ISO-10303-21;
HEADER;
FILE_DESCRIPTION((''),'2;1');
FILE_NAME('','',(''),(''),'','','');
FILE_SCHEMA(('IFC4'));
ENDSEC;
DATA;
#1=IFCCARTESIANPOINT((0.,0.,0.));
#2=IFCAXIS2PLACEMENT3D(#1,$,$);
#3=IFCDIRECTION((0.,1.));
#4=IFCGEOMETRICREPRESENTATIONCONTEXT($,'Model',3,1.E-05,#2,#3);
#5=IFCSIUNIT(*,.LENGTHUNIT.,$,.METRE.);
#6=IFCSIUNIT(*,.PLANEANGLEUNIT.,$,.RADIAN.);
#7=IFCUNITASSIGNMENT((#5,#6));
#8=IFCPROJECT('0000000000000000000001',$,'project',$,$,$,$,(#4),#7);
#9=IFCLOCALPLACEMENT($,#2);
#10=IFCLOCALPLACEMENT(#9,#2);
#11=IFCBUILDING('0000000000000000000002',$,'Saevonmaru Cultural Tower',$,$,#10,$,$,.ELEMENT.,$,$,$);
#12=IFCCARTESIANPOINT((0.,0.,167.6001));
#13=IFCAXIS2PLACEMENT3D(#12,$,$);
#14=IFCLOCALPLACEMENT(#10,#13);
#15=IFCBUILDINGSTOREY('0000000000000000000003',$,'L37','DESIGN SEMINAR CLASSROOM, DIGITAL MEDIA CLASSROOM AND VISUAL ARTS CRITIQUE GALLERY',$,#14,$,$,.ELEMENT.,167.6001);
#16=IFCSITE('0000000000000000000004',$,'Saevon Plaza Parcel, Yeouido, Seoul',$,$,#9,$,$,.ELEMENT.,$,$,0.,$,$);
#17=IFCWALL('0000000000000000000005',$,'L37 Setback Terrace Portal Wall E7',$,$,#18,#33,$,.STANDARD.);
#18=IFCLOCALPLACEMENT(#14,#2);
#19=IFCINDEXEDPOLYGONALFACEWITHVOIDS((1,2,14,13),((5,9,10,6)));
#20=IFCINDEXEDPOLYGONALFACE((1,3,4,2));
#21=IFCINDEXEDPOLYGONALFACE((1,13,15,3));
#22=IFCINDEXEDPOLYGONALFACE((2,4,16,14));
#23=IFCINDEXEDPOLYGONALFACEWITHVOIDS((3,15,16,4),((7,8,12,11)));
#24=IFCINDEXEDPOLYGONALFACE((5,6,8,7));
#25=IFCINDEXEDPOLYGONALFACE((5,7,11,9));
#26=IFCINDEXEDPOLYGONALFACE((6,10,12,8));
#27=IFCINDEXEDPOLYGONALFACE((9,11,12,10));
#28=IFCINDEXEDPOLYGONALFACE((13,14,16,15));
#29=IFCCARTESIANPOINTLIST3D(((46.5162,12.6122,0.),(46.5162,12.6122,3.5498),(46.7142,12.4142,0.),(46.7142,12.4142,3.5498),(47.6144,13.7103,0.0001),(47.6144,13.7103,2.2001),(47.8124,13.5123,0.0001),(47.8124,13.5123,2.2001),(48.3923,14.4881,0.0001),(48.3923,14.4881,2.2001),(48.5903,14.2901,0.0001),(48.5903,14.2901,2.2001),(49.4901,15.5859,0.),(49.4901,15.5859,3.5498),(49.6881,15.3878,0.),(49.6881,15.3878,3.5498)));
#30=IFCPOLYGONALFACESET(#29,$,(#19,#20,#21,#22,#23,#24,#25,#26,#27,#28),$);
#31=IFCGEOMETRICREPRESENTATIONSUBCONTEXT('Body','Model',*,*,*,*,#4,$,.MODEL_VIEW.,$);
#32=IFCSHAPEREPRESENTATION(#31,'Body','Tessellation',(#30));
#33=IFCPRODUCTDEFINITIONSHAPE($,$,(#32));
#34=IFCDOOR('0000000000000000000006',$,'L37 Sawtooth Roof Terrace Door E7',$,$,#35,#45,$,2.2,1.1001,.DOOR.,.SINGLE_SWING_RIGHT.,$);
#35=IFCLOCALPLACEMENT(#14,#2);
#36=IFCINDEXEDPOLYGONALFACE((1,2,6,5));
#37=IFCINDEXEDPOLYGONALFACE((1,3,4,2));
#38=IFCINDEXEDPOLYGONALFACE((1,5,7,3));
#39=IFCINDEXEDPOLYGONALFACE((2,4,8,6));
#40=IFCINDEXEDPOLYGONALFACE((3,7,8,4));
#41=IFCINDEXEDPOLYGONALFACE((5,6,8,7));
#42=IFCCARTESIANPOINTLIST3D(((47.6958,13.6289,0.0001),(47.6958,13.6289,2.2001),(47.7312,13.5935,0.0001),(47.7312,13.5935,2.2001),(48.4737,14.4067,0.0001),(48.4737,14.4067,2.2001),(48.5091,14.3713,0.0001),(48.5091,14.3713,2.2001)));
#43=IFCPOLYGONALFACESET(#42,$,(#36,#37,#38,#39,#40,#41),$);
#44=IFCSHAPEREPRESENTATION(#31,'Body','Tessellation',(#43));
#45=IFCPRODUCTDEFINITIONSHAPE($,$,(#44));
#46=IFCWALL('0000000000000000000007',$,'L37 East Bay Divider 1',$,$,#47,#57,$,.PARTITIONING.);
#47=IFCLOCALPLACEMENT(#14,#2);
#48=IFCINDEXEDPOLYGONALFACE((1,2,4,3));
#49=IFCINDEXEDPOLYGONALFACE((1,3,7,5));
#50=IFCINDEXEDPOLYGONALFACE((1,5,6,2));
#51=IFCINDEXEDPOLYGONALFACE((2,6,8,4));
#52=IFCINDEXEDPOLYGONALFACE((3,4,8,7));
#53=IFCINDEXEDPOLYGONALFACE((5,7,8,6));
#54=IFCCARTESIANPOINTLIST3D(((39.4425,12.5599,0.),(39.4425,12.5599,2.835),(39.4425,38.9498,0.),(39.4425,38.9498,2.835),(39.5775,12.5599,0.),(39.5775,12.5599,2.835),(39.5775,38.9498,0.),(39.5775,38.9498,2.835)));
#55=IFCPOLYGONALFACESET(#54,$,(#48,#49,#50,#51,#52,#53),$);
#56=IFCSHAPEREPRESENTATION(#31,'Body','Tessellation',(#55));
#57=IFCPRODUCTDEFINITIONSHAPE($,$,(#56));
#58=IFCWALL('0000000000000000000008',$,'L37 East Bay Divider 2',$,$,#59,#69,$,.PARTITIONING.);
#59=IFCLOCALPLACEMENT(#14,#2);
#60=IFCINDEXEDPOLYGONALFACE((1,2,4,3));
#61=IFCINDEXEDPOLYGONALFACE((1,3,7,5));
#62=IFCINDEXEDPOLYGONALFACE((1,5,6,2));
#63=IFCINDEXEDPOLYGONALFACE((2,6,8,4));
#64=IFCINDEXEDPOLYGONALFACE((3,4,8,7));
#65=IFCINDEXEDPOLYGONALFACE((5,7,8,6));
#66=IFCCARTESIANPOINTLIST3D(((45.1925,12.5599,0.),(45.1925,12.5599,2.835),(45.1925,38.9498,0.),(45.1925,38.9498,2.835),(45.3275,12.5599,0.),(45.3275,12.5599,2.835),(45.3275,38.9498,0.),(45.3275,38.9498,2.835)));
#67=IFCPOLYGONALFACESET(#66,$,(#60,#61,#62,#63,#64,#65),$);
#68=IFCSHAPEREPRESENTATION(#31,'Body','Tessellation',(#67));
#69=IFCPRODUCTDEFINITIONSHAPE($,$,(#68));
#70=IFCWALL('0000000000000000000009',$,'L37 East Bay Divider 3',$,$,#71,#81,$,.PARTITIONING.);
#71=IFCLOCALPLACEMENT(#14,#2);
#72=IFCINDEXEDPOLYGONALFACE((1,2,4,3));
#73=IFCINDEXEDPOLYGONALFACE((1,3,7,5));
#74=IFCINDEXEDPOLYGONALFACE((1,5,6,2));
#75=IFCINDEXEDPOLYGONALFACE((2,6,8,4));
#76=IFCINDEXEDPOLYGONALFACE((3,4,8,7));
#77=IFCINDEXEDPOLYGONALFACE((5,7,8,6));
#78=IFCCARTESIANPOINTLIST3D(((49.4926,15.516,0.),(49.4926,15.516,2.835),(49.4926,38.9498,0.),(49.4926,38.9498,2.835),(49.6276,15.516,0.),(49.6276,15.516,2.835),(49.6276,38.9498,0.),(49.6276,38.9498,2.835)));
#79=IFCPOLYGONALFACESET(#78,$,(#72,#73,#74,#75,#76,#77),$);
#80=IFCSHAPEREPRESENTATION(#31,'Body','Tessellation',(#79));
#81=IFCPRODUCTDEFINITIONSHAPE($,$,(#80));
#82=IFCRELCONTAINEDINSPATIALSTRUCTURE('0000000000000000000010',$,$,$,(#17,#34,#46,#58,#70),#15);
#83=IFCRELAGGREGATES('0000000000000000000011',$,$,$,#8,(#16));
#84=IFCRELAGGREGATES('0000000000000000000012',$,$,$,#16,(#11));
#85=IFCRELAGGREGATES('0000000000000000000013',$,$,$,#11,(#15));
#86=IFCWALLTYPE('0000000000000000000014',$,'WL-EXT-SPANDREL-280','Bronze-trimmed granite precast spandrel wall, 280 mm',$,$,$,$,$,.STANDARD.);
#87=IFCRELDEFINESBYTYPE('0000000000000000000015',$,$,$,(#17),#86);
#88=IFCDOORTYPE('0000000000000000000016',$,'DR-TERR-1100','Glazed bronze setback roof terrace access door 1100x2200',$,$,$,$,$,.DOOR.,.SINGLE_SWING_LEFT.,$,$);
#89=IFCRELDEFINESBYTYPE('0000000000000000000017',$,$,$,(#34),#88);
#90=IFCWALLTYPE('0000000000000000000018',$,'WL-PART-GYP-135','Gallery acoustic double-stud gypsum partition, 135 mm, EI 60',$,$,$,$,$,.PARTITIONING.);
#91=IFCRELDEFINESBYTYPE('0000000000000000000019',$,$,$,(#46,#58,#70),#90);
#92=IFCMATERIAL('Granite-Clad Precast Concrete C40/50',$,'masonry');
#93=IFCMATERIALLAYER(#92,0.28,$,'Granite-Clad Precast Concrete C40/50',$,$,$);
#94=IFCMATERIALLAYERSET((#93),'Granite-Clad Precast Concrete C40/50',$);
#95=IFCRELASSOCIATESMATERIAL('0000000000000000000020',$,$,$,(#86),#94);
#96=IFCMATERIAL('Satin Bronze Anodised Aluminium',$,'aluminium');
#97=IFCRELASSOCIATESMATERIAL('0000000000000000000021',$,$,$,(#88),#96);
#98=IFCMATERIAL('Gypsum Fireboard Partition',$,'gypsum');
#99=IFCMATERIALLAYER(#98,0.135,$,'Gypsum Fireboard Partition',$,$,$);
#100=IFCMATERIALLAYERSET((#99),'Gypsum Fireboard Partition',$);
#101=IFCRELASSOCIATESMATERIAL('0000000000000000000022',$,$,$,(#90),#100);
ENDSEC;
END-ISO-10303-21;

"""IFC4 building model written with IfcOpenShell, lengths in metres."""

from ifc_helpers import new_model, si_unit, direction, frame, frame_2d, origin, place, context, subcontext, project, spatial, rectangle, extrude, material, layer, layer_set, type_object, element, fill, save


model = new_model("IFC4")

# Units and contexts
model_context = context("Model", 3, precision=1e-05, world=origin(), true_north=direction((0.0, 1.0)))
body_context = subcontext(model_context, "Body", "Model", "MODEL_VIEW")
ifc_project = project(units=[si_unit("LENGTHUNIT", "METRE"), si_unit("PLANEANGLEUNIT", "RADIAN")], contexts=[model_context])

# Site, building, storey
site_placement = place(None, origin())
site = spatial("IfcSite", under=ifc_project, at=site_placement, Name="Saevon Plaza Parcel, Yeouido, Seoul", CompositionType="ELEMENT", RefElevation=0.0)
building_placement = place(site_placement, origin())
building = spatial("IfcBuilding", under=site, at=building_placement, Name="Saevonmaru Cultural Tower", CompositionType="ELEMENT")
storey_placement = place(building_placement, frame((0.0, 0.0, 167.6001)))
storey = spatial("IfcBuildingStorey", under=building, at=storey_placement, Name="L37", Description="DESIGN SEMINAR CLASSROOM, DIGITAL MEDIA CLASSROOM AND VISUAL ARTS CRITIQUE GALLERY", CompositionType="ELEMENT", Elevation=167.6001)

# Shared definitions
ifc_material_1 = material(Name="Satin Bronze Anodised Aluminium", Category="aluminium")

# Wall, opening, door
ifc_material_2 = material(Name="Granite-Clad Precast Concrete C40/50", Category="masonry")
ifc_layer_1 = layer(ifc_material_2, 0.28, Name="Granite-Clad Precast Concrete C40/50")
ifc_layer_set_1 = layer_set([ifc_layer_1], Name="Granite-Clad Precast Concrete C40/50")
wall_type_1 = type_object("IfcWallType", Name="WL-EXT-SPANDREL-280", Description="Bronze-trimmed granite precast spandrel wall, 280 mm", PredefinedType="STANDARD", material=ifc_layer_set_1)
wall_1_placement = place(storey_placement, frame((46.6152, 12.5132, 0.0), z_axis=(0.0, 0.0, 1.0), x_axis=(0.707136, 0.707078, 0.0)))
wall_1 = element("IfcWall", 1, at=wall_1_placement, inside=storey, type_object=wall_type_1, Name="L37 Setback Terrace Portal Wall E7", PredefinedType="STANDARD", context=body_context, shape_type="SweptSolid", body=[
    extrude(rectangle(XDim=4.2056, YDim=0.28, at=frame_2d((2.1028, 0.0))), origin(), (0.0, 0.0, 1.0), 3.5498),
])
opening_placement = place(wall_1_placement, frame((1.553, 0.0, 0.0)))
opening = element("IfcOpeningElement", 2, at=opening_placement, cuts=wall_1, PredefinedType="OPENING", context=body_context, shape_type="SweptSolid", body=[
    extrude(rectangle(XDim=1.1001, YDim=2.2, at=frame_2d((0.55, 1.1001))), frame((0.0, 0.1499, 0.0), z_axis=(0.0, -1.0, 0.0), x_axis=(1.0, 0.0, 0.0)), (0.0, 0.0, 1.0), 0.3),
])
door_type = type_object("IfcDoorType", Name="DR-TERR-1100", Description="Glazed bronze setback roof terrace access door 1100x2200", OperationType="SINGLE_SWING_LEFT", PredefinedType="DOOR", material=ifc_material_1)
door_placement = place(opening_placement, origin())
door = element("IfcDoor", 3, at=door_placement, inside=storey, type_object=door_type, Name="L37 Sawtooth Roof Terrace Door E7", OperationType="SINGLE_SWING_RIGHT", OverallHeight=2.2, OverallWidth=1.1001, PredefinedType="DOOR", context=body_context, shape_type="SweptSolid", body=[
    extrude(rectangle(XDim=1.1001, YDim=2.2, at=frame_2d((0.55, 1.1001))), frame((0.0, 0.0249, 0.0), z_axis=(0.0, -1.0, 0.0), x_axis=(1.0, 0.0, 0.0)), (0.0, 0.0, 1.0), 0.05),
])
fill(opening, door)

# Walls
ifc_material_3 = material(Name="Gypsum Fireboard Partition", Category="gypsum")
ifc_layer_2 = layer(ifc_material_3, 0.135, Name="Gypsum Fireboard Partition")
ifc_layer_set_2 = layer_set([ifc_layer_2], Name="Gypsum Fireboard Partition")
wall_type_2 = type_object("IfcWallType", Name="WL-PART-GYP-135", Description="Gallery acoustic double-stud gypsum partition, 135 mm, EI 60", PredefinedType="PARTITIONING", material=ifc_layer_set_2)
for number, where, z_axis, x_axis, name in (
    (4, (39.51, 12.5601, 0.0), (0.0, 0.0, 1.0), (0.0, 1.0, 0.0), "L37 East Bay Divider 1"),
    (5, (45.26, 12.5601, 0.0), (0.0, 0.0, 1.0), (0.0, 1.0, 0.0), "L37 East Bay Divider 2"),
):
    element("IfcWall", number, at=place(storey_placement, frame(where, z_axis=z_axis, x_axis=x_axis)), inside=storey, type_object=wall_type_2, Name=name, PredefinedType="PARTITIONING", context=body_context, shape_type="SweptSolid", body=[
        extrude(rectangle(XDim=26.3899, YDim=0.135, at=frame_2d((13.1948, 0.0))), origin(), (0.0, 0.0, 1.0), 2.835),
    ])
wall_2_placement = place(storey_placement, frame((49.5601, 15.5161, 0.0), z_axis=(0.0, 0.0, 1.0), x_axis=(0.0, 1.0, 0.0)))
element("IfcWall", 6, at=wall_2_placement, inside=storey, type_object=wall_type_2, Name="L37 East Bay Divider 3", PredefinedType="PARTITIONING", context=body_context, shape_type="SweptSolid", body=[
    extrude(rectangle(XDim=23.4338, YDim=0.135, at=frame_2d((11.7168, 0.0))), origin(), (0.0, 0.0, 1.0), 2.835),
])

save(model, "model.ifc")
